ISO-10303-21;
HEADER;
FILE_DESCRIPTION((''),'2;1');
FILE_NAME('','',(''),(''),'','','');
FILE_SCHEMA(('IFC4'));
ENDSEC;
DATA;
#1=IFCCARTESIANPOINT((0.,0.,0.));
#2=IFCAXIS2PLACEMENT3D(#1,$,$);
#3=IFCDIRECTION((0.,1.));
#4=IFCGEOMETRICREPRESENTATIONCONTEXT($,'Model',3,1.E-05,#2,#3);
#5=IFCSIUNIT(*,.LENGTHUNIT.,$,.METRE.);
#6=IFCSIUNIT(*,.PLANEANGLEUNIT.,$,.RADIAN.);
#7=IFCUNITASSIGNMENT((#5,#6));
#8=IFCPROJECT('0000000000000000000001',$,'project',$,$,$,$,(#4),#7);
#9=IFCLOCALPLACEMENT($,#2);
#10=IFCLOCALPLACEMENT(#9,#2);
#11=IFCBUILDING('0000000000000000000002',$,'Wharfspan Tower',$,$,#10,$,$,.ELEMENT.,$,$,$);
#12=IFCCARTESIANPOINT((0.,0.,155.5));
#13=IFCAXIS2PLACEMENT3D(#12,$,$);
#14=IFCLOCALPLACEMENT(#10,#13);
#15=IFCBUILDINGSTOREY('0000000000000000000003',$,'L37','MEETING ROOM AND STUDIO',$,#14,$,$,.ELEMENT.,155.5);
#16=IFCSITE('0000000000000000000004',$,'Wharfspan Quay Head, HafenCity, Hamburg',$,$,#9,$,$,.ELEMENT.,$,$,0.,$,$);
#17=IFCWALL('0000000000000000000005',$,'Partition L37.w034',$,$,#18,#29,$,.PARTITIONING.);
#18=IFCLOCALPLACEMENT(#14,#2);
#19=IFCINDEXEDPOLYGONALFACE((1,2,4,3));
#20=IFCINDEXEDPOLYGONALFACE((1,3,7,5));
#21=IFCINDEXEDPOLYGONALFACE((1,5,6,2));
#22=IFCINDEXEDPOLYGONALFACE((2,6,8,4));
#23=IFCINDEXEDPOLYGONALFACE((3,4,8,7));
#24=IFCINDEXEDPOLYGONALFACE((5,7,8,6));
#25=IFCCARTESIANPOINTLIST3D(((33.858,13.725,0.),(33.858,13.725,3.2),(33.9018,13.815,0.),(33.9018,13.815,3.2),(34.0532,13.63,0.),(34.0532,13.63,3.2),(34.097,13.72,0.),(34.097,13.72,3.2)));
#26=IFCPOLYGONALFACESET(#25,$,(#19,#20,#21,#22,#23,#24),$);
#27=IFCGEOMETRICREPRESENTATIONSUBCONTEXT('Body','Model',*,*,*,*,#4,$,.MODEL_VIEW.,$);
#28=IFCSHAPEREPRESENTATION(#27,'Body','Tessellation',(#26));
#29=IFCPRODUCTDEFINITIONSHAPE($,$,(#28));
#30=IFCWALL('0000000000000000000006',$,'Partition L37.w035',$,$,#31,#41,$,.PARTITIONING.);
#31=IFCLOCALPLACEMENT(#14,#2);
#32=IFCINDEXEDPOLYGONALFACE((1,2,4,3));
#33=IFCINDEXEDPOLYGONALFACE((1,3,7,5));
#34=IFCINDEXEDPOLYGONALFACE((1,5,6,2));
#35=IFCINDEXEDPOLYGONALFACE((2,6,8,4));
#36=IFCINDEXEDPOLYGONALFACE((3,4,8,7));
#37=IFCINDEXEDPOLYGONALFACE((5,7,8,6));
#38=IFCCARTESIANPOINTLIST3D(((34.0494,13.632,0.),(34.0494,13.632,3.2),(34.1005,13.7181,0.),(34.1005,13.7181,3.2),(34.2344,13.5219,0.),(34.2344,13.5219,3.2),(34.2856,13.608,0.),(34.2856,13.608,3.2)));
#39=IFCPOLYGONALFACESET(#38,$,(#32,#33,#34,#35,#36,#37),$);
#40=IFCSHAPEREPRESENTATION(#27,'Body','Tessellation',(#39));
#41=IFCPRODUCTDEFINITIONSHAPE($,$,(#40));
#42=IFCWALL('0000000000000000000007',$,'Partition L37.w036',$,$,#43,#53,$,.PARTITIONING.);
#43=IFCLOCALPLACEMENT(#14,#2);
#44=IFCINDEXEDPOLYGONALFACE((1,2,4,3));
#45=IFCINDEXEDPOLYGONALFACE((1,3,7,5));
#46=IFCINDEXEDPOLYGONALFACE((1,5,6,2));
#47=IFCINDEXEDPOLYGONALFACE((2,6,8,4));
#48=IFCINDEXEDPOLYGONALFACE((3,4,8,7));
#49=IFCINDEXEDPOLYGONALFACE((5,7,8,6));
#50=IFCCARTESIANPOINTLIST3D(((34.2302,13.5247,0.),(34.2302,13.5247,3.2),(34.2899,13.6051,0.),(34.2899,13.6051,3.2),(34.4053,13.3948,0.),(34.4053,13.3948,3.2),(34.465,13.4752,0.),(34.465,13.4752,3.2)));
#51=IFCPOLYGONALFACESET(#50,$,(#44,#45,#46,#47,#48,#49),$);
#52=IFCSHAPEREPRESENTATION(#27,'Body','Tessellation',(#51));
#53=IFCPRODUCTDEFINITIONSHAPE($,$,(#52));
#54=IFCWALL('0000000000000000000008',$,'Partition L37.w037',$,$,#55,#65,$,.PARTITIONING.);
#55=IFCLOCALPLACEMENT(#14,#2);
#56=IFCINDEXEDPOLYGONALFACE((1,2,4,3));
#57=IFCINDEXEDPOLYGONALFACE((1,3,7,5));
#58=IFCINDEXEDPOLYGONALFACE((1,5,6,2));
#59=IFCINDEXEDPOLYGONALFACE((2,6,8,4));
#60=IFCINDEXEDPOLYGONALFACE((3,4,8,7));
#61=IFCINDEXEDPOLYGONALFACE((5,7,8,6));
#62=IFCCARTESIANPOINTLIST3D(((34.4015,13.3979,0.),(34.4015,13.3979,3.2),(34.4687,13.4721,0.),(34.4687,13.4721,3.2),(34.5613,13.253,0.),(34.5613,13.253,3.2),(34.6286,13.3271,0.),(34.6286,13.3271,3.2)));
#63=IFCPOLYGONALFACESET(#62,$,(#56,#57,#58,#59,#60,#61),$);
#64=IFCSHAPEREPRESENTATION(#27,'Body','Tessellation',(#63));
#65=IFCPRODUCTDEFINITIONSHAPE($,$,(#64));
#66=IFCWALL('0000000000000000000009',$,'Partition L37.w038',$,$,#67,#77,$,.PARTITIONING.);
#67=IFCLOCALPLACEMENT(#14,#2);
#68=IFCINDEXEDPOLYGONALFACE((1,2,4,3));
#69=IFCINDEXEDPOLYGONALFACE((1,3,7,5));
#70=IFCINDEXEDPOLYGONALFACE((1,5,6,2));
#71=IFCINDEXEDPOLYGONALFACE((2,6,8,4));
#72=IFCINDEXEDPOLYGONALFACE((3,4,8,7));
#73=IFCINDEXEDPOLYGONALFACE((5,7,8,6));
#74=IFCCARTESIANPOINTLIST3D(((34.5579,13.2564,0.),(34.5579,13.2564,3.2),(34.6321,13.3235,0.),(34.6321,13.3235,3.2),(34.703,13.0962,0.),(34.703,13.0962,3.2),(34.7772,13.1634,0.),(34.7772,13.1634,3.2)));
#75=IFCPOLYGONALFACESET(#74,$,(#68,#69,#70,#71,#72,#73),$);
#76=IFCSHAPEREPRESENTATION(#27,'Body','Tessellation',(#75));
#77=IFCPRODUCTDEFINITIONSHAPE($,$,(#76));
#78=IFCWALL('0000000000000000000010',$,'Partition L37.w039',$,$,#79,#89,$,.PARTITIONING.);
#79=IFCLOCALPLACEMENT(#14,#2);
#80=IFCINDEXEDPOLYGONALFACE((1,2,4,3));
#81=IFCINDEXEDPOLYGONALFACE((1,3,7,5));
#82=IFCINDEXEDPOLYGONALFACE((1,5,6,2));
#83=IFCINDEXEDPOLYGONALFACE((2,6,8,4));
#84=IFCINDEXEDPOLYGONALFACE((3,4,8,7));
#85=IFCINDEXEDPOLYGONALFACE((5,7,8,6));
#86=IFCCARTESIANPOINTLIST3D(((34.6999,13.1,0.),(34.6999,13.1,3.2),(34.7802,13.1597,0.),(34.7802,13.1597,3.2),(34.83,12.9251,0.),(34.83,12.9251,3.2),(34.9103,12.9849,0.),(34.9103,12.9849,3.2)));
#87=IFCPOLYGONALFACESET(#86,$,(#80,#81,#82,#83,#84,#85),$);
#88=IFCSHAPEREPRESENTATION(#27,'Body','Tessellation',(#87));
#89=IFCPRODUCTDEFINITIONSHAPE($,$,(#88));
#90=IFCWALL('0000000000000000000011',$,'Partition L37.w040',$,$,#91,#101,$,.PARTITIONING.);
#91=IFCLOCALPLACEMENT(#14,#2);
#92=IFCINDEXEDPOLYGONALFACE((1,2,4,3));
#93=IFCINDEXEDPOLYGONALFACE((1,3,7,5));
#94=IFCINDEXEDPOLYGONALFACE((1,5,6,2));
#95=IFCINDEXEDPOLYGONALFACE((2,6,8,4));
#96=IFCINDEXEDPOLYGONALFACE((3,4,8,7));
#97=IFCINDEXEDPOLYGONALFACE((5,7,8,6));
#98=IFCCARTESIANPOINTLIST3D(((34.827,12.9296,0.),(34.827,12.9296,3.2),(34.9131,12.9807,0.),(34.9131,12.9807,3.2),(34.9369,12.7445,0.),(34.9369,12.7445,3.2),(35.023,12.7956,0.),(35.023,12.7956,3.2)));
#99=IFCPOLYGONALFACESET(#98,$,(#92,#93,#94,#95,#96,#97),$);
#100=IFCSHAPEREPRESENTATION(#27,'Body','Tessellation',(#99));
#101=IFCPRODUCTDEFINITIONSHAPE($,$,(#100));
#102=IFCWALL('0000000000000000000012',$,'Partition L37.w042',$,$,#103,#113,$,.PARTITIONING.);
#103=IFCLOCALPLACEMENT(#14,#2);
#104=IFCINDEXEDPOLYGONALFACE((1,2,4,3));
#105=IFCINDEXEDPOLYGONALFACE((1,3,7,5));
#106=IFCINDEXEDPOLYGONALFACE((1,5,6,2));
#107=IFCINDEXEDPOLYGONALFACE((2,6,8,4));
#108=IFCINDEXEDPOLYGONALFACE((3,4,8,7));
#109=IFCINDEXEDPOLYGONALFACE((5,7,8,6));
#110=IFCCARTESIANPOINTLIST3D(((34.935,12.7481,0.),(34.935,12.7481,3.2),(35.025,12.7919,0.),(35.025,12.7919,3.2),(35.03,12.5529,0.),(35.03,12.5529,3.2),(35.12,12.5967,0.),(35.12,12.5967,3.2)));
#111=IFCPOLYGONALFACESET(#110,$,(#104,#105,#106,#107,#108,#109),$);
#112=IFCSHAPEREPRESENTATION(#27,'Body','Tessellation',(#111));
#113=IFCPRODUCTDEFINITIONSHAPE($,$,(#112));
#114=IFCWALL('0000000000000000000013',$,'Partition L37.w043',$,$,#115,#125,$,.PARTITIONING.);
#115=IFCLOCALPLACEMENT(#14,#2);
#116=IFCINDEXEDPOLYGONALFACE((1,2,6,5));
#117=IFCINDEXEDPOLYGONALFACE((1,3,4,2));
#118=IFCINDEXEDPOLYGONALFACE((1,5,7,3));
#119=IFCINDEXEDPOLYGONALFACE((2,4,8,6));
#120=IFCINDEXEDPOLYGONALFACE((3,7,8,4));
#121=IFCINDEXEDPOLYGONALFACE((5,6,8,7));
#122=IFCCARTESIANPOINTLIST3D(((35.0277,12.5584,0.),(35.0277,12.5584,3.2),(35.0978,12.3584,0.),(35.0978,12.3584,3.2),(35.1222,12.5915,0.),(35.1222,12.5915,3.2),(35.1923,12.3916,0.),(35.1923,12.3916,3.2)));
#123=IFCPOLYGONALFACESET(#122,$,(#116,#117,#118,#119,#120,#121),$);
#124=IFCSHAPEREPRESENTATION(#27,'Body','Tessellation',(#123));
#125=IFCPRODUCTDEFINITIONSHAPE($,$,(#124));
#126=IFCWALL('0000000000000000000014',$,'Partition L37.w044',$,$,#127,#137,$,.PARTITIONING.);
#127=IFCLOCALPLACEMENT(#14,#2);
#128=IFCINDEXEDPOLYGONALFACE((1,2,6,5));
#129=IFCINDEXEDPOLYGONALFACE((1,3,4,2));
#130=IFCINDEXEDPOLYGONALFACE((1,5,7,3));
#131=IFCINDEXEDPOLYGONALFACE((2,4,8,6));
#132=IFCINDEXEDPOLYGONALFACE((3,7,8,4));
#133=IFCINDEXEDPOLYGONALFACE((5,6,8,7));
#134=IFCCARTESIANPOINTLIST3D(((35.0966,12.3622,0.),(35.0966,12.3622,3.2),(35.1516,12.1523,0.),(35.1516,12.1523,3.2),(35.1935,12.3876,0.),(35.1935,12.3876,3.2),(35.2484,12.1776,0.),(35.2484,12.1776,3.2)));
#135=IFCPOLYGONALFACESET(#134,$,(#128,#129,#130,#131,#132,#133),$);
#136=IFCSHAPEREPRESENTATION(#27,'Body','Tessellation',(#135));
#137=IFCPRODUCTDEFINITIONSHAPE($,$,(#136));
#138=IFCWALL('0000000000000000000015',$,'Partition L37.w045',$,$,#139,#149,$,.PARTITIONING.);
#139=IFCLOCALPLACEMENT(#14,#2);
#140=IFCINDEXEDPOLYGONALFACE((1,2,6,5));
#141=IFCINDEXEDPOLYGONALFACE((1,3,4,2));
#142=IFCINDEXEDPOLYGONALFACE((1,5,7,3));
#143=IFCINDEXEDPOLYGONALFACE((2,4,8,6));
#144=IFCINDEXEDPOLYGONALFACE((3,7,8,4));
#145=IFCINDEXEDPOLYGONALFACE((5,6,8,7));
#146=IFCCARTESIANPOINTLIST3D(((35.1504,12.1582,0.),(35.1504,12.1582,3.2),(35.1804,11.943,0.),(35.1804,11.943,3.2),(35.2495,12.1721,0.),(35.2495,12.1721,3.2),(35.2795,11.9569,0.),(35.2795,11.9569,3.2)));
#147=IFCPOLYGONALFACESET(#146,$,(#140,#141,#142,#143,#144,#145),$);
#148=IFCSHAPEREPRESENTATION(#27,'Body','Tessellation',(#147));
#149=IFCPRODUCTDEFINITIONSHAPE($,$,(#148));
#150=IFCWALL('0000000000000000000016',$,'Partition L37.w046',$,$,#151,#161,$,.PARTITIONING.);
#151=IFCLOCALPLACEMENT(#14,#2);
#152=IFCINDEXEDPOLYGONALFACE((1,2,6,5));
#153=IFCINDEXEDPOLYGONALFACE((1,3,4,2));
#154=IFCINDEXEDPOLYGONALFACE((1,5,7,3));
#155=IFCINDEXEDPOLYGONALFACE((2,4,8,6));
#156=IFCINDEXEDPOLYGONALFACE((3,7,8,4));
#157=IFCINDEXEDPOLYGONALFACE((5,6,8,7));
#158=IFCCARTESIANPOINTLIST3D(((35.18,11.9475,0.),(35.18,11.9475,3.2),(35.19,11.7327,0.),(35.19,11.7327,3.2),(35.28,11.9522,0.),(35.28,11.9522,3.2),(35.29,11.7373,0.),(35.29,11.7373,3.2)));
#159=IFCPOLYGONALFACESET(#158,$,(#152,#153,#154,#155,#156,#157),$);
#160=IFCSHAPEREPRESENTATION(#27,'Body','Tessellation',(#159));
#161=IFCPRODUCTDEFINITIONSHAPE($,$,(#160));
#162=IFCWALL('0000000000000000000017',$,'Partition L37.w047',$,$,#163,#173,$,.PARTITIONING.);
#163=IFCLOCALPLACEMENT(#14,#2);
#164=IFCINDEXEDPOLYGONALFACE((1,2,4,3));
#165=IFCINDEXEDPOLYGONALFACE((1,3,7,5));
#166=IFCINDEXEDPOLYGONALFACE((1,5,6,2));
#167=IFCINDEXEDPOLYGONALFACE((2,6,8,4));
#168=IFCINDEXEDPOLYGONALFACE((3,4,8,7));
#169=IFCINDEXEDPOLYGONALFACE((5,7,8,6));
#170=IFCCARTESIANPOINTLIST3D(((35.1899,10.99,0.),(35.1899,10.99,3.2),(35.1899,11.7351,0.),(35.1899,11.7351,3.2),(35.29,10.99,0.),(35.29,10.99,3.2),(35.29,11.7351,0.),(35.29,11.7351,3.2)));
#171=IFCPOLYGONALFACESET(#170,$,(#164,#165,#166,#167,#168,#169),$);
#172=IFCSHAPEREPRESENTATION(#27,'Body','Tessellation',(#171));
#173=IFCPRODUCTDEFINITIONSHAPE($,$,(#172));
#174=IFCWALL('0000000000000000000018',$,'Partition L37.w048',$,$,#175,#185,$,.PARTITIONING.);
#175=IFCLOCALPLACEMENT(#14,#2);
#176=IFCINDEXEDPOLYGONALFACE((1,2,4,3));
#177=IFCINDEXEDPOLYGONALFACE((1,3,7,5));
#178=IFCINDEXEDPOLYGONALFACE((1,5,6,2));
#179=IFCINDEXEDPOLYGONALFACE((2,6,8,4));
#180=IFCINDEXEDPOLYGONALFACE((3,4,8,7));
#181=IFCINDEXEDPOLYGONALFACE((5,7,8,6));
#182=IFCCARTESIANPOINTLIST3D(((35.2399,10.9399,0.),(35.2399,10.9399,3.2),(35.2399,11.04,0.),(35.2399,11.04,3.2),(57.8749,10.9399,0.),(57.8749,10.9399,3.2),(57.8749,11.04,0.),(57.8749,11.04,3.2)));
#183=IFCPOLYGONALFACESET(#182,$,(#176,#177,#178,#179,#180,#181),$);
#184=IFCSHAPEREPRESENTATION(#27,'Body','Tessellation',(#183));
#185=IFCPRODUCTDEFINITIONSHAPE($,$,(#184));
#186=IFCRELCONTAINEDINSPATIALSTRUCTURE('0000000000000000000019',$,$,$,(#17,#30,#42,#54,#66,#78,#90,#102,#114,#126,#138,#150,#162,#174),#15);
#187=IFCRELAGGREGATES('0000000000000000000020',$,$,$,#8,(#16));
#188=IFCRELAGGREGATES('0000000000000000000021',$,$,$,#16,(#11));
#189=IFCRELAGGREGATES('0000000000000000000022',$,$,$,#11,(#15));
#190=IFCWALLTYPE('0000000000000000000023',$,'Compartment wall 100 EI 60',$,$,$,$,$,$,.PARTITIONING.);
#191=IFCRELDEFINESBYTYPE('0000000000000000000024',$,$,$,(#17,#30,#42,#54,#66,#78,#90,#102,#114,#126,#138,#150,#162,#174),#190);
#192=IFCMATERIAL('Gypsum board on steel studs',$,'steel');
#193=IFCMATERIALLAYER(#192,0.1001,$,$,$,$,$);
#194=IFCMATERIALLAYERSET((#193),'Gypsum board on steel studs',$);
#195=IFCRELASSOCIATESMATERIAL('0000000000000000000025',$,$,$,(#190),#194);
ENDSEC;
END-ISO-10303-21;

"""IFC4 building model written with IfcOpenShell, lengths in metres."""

from ifc_helpers import new_model, si_unit, direction, frame, frame_2d, origin, place, context, subcontext, project, spatial, rectangle, extrude, material, layer, layer_set, type_object, element, save


model = new_model("IFC4")

# Units and contexts
model_context = context("Model", 3, precision=1e-05, world=origin(), true_north=direction((0.0, 1.0)))
body_context = subcontext(model_context, "Body", "Model", "MODEL_VIEW")
ifc_project = project(units=[si_unit("LENGTHUNIT", "METRE"), si_unit("PLANEANGLEUNIT", "RADIAN")], contexts=[model_context])

# Site, building, storey
site_placement = place(None, origin())
site = spatial("IfcSite", under=ifc_project, at=site_placement, Name="Wharfspan Quay Head, HafenCity, Hamburg", CompositionType="ELEMENT", RefElevation=0.0)
building_placement = place(site_placement, origin())
building = spatial("IfcBuilding", under=site, at=building_placement, Name="Wharfspan Tower", CompositionType="ELEMENT")
storey_placement = place(building_placement, frame((0.0, 0.0, 155.5)))
storey = spatial("IfcBuildingStorey", under=building, at=storey_placement, Name="L37", Description="MEETING ROOM AND STUDIO", CompositionType="ELEMENT", Elevation=155.5)

# Shared definitions
ifc_material_1 = material(Name="Gypsum board on steel studs", Category="steel")
ifc_layer_1 = layer(ifc_material_1, 0.1001)
ifc_layer_set_1 = layer_set([ifc_layer_1], Name="Gypsum board on steel studs")
wall_type_1 = type_object("IfcWallType", Name="Compartment wall 100 EI 60", PredefinedType="PARTITIONING", material=ifc_layer_set_1)

# Walls
wall_1_placement = place(storey_placement, frame((34.075, 13.675, 0.0), z_axis=(0.0, 0.0, 1.0), x_axis=(-0.899103, 0.437736, 0.0)))
element("IfcWall", 1, at=wall_1_placement, inside=storey, type_object=wall_type_1, Name="Partition L37.w034", PredefinedType="PARTITIONING", context=body_context, shape_type="SweptSolid", body=[
    extrude(rectangle(XDim=0.217, YDim=0.1001, at=frame_2d((0.1084, 0.0))), origin(), (0.0, 0.0, 1.0), 3.2),
])
wall_2_placement = place(storey_placement, frame((34.26, 13.5649, 0.0), z_axis=(0.0, 0.0, 1.0), x_axis=(-0.859387, 0.511324, 0.0)))
element("IfcWall", 2, at=wall_2_placement, inside=storey, type_object=wall_type_1, Name="Partition L37.w035", PredefinedType="PARTITIONING", context=body_context, shape_type="SweptSolid", body=[
    extrude(rectangle(XDim=0.2153, YDim=0.1001, at=frame_2d((0.1077, 0.0))), origin(), (0.0, 0.0, 1.0), 3.2),
])
wall_3_placement = place(storey_placement, frame((34.4351, 13.4351, 0.0), z_axis=(0.0, 0.0, 1.0), x_axis=(-0.803079, 0.595869, 0.0)))
element("IfcWall", 3, at=wall_3_placement, inside=storey, type_object=wall_type_1, Name="Partition L37.w036", PredefinedType="PARTITIONING", context=body_context, shape_type="SweptSolid", body=[
    extrude(rectangle(XDim=0.218, YDim=0.1001, at=frame_2d((0.1089, 0.0))), origin(), (0.0, 0.0, 1.0), 3.2),
])
wall_4_placement = place(storey_placement, frame((34.595, 13.29, 0.0), z_axis=(0.0, 0.0, 1.0), x_axis=(-0.740762, 0.671775, 0.0)))
element("IfcWall", 4, at=wall_4_placement, inside=storey, type_object=wall_type_1, Name="Partition L37.w037", PredefinedType="PARTITIONING", context=body_context, shape_type="SweptSolid", body=[
    extrude(rectangle(XDim=0.2158, YDim=0.1001, at=frame_2d((0.1079, 0.0))), origin(), (0.0, 0.0, 1.0), 3.2),
])
wall_5_placement = place(storey_placement, frame((34.74, 13.1299, 0.0), z_axis=(0.0, 0.0, 1.0), x_axis=(-0.67121, 0.741269, 0.0)))
element("IfcWall", 5, at=wall_5_placement, inside=storey, type_object=wall_type_1, Name="Partition L37.w038", PredefinedType="PARTITIONING", context=body_context, shape_type="SweptSolid", body=[
    extrude(rectangle(XDim=0.2161, YDim=0.1001, at=frame_2d((0.1079, 0.0))), origin(), (0.0, 0.0, 1.0), 3.2),
])
wall_6_placement = place(storey_placement, frame((34.8701, 12.9551, 0.0), z_axis=(0.0, 0.0, 1.0), x_axis=(-0.597126, 0.802143, 0.0)))
element("IfcWall", 6, at=wall_6_placement, inside=storey, type_object=wall_type_1, Name="Partition L37.w039", PredefinedType="PARTITIONING", context=body_context, shape_type="SweptSolid", body=[
    extrude(rectangle(XDim=0.218, YDim=0.1001, at=frame_2d((0.1089, 0.0))), origin(), (0.0, 0.0, 1.0), 3.2),
])
wall_7_placement = place(storey_placement, frame((34.98, 12.77, 0.0), z_axis=(0.0, 0.0, 1.0), x_axis=(-0.510487, 0.859887, 0.0)))
element("IfcWall", 7, at=wall_7_placement, inside=storey, type_object=wall_type_1, Name="Partition L37.w040", PredefinedType="PARTITIONING", context=body_context, shape_type="SweptSolid", body=[
    extrude(rectangle(XDim=0.2153, YDim=0.1001, at=frame_2d((0.1077, 0.0))), origin(), (0.0, 0.0, 1.0), 3.2),
])
wall_8_placement = place(storey_placement, frame((35.075, 12.575, 0.0), z_axis=(0.0, 0.0, 1.0), x_axis=(-0.437736, 0.899103, 0.0)))
element("IfcWall", 8, at=wall_8_placement, inside=storey, type_object=wall_type_1, Name="Partition L37.w042", PredefinedType="PARTITIONING", context=body_context, shape_type="SweptSolid", body=[
    extrude(rectangle(XDim=0.217, YDim=0.1001, at=frame_2d((0.1084, 0.0))), origin(), (0.0, 0.0, 1.0), 3.2),
])
wall_9_placement = place(storey_placement, frame((35.145, 12.375, 0.0), z_axis=(0.0, 0.0, 1.0), x_axis=(-0.330711, 0.943736, 0.0)))
element("IfcWall", 9, at=wall_9_placement, inside=storey, type_object=wall_type_1, Name="Partition L37.w043", PredefinedType="PARTITIONING", context=body_context, shape_type="SweptSolid", body=[
    extrude(rectangle(XDim=0.2119, YDim=0.1001, at=frame_2d((0.106, 0.0))), origin(), (0.0, 0.0, 1.0), 3.2),
])
wall_10_placement = place(storey_placement, frame((35.2, 12.165, 0.0), z_axis=(0.0, 0.0, 1.0), x_axis=(-0.253108, 0.967435, 0.0)))
element("IfcWall", 10, at=wall_10_placement, inside=storey, type_object=wall_type_1, Name="Partition L37.w044", PredefinedType="PARTITIONING", context=body_context, shape_type="SweptSolid", body=[
    extrude(rectangle(XDim=0.217, YDim=0.1001, at=frame_2d((0.1084, 0.0))), origin(), (0.0, 0.0, 1.0), 3.2),
])
wall_11_placement = place(storey_placement, frame((35.23, 11.95, 0.0), z_axis=(0.0, 0.0, 1.0), x_axis=(-0.138273, 0.990394, 0.0)))
element("IfcWall", 11, at=wall_11_placement, inside=storey, type_object=wall_type_1, Name="Partition L37.w045", PredefinedType="PARTITIONING", context=body_context, shape_type="SweptSolid", body=[
    extrude(rectangle(XDim=0.2173, YDim=0.1001, at=frame_2d((0.1086, 0.0))), origin(), (0.0, 0.0, 1.0), 3.2),
])
wall_12_placement = place(storey_placement, frame((35.24, 11.7351, 0.0), z_axis=(0.0, 0.0, 1.0), x_axis=(-0.04654, 0.998912, 0.0)))
element("IfcWall", 12, at=wall_12_placement, inside=storey, type_object=wall_type_1, Name="Partition L37.w046", PredefinedType="PARTITIONING", context=body_context, shape_type="SweptSolid", body=[
    extrude(rectangle(XDim=0.2151, YDim=0.1001, at=frame_2d((0.1074, 0.0))), origin(), (0.0, 0.0, 1.0), 3.2),
])
wall_13_placement = place(storey_placement, frame((35.24, 10.99, 0.0), z_axis=(0.0, 0.0, 1.0), x_axis=(0.0, 1.0, 0.0)))
element("IfcWall", 13, at=wall_13_placement, inside=storey, type_object=wall_type_1, Name="Partition L37.w047", PredefinedType="PARTITIONING", context=body_context, shape_type="SweptSolid", body=[
    extrude(rectangle(XDim=0.7451, YDim=0.1001, at=frame_2d((0.3726, 0.0))), origin(), (0.0, 0.0, 1.0), 3.2),
])
wall_14_placement = place(storey_placement, frame((35.24, 10.99, 0.0), z_axis=(0.0, 0.0, 1.0), x_axis=(1.0, 0.0, 0.0)))
element("IfcWall", 14, at=wall_14_placement, inside=storey, type_object=wall_type_1, Name="Partition L37.w048", PredefinedType="PARTITIONING", context=body_context, shape_type="SweptSolid", body=[
    extrude(rectangle(XDim=22.635, YDim=0.1001, at=frame_2d((11.3174, 0.0))), origin(), (0.0, 0.0, 1.0), 3.2),
])

save(model, "model.ifc")
